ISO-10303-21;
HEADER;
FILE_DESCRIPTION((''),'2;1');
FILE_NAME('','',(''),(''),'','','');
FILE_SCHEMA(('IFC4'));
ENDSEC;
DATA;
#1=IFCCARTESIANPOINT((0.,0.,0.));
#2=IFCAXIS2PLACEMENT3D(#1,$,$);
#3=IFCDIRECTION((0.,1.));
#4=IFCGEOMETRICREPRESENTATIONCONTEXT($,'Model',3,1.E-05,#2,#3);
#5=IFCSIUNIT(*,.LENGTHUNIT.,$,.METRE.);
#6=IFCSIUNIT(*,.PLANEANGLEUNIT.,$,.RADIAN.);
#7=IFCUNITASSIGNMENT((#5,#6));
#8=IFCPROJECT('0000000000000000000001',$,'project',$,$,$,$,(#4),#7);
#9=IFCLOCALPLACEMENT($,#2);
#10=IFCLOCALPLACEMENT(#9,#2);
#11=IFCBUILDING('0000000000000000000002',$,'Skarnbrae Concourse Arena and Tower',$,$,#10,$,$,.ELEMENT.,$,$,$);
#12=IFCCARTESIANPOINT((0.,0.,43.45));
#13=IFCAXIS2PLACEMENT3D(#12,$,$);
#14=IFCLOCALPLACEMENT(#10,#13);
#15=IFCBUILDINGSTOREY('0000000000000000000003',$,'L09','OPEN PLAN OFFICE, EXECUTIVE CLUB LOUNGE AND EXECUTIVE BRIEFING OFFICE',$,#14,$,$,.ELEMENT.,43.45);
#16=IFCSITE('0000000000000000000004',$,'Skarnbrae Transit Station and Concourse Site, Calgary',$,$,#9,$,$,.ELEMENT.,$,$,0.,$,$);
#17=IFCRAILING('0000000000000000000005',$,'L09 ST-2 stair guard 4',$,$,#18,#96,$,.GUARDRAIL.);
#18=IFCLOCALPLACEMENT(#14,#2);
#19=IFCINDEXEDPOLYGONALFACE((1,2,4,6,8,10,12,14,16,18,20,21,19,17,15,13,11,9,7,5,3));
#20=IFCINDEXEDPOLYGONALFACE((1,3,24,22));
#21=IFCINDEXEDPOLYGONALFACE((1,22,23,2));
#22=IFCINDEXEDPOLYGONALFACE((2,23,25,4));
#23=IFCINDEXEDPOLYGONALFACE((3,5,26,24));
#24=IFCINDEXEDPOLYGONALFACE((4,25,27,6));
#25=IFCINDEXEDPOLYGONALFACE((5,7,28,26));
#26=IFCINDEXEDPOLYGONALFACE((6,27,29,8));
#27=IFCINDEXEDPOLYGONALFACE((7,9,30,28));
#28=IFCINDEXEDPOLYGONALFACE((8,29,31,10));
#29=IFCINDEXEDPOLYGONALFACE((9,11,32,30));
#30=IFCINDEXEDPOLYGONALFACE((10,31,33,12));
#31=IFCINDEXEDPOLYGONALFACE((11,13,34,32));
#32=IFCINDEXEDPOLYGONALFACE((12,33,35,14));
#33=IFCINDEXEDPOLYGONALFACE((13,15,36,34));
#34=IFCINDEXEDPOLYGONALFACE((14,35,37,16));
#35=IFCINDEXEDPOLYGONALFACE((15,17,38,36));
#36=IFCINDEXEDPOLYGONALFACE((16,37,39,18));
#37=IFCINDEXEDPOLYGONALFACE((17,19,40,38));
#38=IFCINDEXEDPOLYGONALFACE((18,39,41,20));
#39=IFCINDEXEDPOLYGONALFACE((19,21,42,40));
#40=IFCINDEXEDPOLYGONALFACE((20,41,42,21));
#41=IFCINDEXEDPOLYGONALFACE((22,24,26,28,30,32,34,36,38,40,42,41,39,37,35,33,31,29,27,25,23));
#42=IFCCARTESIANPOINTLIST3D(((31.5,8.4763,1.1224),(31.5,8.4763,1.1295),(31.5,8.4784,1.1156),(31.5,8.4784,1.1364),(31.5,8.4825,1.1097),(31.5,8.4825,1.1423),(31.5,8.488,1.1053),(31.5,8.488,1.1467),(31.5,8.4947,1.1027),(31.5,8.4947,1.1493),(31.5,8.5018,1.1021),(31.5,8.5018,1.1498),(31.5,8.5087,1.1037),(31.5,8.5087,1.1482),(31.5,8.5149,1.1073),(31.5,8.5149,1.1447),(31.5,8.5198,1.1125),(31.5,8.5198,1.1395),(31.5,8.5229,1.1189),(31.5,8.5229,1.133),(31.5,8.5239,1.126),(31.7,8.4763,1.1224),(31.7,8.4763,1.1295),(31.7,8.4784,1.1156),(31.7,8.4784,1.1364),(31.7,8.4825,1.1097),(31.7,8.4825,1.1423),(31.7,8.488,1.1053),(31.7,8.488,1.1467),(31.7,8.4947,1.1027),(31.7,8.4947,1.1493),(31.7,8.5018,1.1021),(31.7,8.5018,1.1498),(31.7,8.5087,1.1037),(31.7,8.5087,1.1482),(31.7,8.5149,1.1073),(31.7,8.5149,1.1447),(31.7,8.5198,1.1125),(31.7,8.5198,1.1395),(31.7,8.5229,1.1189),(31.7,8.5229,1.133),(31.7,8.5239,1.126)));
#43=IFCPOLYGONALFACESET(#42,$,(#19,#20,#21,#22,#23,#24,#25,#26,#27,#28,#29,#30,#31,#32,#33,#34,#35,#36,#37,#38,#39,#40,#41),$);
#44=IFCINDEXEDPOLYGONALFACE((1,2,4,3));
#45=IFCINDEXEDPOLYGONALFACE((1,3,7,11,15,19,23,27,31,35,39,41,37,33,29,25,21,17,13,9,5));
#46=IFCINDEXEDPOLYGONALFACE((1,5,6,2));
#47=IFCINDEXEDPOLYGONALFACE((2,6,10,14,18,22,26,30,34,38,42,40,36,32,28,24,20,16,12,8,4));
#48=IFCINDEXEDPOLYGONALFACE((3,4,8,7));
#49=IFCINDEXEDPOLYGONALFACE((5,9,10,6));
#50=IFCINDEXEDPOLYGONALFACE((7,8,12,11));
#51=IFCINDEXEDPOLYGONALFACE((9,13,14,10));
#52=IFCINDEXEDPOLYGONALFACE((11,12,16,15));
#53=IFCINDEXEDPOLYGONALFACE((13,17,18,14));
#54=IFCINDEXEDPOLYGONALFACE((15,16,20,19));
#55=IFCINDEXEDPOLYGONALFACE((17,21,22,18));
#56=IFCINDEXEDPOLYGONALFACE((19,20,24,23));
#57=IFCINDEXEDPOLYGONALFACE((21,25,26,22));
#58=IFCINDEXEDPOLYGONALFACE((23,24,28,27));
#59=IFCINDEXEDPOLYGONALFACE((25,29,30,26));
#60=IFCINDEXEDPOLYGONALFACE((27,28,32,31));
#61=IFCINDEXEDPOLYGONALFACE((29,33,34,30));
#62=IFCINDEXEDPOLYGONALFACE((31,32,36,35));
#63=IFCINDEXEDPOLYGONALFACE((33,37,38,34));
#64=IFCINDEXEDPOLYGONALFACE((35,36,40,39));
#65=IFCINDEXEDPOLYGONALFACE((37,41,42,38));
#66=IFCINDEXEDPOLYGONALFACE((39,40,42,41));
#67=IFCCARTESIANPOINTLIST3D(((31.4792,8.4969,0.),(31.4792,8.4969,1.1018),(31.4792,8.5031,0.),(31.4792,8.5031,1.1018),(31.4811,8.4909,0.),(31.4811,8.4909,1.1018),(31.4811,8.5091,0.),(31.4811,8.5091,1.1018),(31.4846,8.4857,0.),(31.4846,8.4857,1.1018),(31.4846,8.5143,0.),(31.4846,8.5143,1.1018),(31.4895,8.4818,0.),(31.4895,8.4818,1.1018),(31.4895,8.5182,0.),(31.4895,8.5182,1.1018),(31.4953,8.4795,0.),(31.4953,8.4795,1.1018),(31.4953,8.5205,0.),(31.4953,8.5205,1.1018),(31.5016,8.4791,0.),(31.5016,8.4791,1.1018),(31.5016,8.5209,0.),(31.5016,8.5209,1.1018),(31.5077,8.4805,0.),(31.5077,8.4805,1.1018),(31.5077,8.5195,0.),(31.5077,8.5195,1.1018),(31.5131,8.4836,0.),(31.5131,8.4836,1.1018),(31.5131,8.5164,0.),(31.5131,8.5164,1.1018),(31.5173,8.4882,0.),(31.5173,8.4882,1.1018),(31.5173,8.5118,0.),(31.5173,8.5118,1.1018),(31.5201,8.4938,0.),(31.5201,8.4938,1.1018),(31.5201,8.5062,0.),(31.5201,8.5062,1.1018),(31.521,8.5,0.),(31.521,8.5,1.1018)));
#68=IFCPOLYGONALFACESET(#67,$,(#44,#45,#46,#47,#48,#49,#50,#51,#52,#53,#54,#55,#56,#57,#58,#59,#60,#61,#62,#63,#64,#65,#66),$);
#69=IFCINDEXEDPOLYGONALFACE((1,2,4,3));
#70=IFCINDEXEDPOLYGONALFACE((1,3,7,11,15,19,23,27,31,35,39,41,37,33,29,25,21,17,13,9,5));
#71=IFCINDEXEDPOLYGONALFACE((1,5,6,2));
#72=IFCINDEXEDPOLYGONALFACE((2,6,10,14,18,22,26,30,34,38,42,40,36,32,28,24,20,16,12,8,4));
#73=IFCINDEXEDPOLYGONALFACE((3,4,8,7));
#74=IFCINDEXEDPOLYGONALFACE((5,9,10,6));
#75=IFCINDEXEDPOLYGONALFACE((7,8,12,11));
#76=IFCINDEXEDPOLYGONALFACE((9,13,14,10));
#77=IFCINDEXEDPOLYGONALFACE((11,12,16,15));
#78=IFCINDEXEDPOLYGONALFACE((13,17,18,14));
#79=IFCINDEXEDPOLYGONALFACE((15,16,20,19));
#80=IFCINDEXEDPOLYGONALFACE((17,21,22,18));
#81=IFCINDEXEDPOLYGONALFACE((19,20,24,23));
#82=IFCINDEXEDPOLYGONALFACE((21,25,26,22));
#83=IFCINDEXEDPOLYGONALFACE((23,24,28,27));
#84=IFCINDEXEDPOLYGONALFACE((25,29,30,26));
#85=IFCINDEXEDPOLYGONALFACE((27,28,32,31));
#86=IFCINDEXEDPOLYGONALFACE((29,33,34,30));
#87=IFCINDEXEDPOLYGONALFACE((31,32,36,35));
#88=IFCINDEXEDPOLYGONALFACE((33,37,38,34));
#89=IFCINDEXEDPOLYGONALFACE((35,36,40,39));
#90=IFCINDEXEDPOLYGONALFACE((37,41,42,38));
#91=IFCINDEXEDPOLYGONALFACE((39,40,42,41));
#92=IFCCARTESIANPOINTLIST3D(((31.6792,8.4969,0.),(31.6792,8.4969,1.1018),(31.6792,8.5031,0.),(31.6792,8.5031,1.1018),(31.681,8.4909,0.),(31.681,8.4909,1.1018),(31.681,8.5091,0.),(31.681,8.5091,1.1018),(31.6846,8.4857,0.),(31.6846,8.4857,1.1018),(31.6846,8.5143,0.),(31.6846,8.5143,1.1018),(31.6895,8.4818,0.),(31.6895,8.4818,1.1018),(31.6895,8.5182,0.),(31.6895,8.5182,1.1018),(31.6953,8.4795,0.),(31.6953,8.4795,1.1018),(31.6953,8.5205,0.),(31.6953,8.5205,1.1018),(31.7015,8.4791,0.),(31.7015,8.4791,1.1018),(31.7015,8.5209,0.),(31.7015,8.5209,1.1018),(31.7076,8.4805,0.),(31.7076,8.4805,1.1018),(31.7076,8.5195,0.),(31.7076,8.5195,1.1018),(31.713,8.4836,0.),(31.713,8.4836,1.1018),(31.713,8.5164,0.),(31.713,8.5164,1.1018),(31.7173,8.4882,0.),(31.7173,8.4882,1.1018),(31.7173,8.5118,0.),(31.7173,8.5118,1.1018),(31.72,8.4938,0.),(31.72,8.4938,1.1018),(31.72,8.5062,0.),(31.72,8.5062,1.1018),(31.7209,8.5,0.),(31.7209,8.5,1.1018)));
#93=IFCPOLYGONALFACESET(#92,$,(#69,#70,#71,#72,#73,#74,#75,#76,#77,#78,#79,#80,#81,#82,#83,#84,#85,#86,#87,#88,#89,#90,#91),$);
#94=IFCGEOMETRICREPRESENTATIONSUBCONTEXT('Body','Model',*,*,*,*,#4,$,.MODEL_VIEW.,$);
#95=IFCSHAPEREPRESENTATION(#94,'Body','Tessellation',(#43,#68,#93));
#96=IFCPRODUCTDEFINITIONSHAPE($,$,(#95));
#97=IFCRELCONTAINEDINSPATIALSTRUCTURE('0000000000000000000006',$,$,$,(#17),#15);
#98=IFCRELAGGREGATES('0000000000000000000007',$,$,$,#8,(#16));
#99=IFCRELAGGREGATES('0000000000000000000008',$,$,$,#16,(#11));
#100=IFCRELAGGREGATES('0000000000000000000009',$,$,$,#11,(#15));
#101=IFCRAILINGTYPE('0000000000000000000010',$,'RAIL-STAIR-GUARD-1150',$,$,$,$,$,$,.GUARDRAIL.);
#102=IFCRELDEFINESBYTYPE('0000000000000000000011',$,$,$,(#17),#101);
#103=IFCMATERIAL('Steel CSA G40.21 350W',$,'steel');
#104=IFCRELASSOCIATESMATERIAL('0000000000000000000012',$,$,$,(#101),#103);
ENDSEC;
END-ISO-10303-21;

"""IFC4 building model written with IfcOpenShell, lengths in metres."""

from ifc_helpers import new_model, si_unit, direction, frame, origin, origin_2d, place, context, subcontext, project, spatial, circle, extrude, material, type_object, element, save


model = new_model("IFC4")

# Units and contexts
model_context = context("Model", 3, precision=1e-05, world=origin(), true_north=direction((0.0, 1.0)))
body_context = subcontext(model_context, "Body", "Model", "MODEL_VIEW")
ifc_project = project(units=[si_unit("LENGTHUNIT", "METRE"), si_unit("PLANEANGLEUNIT", "RADIAN")], contexts=[model_context])

# Site, building, storey
site_placement = place(None, origin())
site = spatial("IfcSite", under=ifc_project, at=site_placement, Name="Skarnbrae Transit Station and Concourse Site, Calgary", CompositionType="ELEMENT", RefElevation=0.0)
building_placement = place(site_placement, origin())
building = spatial("IfcBuilding", under=site, at=building_placement, Name="Skarnbrae Concourse Arena and Tower", CompositionType="ELEMENT")
storey_placement = place(building_placement, frame((0.0, 0.0, 43.45)))
storey = spatial("IfcBuildingStorey", under=building, at=storey_placement, Name="L09", Description="OPEN PLAN OFFICE, EXECUTIVE CLUB LOUNGE AND EXECUTIVE BRIEFING OFFICE", CompositionType="ELEMENT", Elevation=43.45)

# Shared definitions
ifc_material_1 = material(Name="Steel CSA G40.21 350W", Category="steel")

# Railing
railing_type_1 = type_object("IfcRailingType", Name="RAIL-STAIR-GUARD-1150", PredefinedType="GUARDRAIL", material=ifc_material_1)
railing_1_placement = place(storey_placement, frame((31.5, 8.5, 0.0)))
element("IfcRailing", 1, at=railing_1_placement, inside=storey, type_object=railing_type_1, Name="L09 ST-2 stair guard 4", PredefinedType="GUARDRAIL", context=body_context, shape_type="SweptSolid", body=[
    extrude(circle(Radius=0.0239, at=origin_2d()), frame((0.0, 0.0, 1.126), z_axis=(1.0, 0.0, 0.0), x_axis=(0.0, 1.0, 0.0)), (0.0, 0.0, 1.0), 0.2),
    extrude(circle(Radius=0.021, at=origin_2d()), origin(), (0.0, 0.0, 1.0), 1.1018),
    extrude(circle(Radius=0.021, at=origin_2d()), frame((0.2, 0.0, 0.0)), (0.0, 0.0, 1.0), 1.1018),
])

save(model, "model.ifc")
